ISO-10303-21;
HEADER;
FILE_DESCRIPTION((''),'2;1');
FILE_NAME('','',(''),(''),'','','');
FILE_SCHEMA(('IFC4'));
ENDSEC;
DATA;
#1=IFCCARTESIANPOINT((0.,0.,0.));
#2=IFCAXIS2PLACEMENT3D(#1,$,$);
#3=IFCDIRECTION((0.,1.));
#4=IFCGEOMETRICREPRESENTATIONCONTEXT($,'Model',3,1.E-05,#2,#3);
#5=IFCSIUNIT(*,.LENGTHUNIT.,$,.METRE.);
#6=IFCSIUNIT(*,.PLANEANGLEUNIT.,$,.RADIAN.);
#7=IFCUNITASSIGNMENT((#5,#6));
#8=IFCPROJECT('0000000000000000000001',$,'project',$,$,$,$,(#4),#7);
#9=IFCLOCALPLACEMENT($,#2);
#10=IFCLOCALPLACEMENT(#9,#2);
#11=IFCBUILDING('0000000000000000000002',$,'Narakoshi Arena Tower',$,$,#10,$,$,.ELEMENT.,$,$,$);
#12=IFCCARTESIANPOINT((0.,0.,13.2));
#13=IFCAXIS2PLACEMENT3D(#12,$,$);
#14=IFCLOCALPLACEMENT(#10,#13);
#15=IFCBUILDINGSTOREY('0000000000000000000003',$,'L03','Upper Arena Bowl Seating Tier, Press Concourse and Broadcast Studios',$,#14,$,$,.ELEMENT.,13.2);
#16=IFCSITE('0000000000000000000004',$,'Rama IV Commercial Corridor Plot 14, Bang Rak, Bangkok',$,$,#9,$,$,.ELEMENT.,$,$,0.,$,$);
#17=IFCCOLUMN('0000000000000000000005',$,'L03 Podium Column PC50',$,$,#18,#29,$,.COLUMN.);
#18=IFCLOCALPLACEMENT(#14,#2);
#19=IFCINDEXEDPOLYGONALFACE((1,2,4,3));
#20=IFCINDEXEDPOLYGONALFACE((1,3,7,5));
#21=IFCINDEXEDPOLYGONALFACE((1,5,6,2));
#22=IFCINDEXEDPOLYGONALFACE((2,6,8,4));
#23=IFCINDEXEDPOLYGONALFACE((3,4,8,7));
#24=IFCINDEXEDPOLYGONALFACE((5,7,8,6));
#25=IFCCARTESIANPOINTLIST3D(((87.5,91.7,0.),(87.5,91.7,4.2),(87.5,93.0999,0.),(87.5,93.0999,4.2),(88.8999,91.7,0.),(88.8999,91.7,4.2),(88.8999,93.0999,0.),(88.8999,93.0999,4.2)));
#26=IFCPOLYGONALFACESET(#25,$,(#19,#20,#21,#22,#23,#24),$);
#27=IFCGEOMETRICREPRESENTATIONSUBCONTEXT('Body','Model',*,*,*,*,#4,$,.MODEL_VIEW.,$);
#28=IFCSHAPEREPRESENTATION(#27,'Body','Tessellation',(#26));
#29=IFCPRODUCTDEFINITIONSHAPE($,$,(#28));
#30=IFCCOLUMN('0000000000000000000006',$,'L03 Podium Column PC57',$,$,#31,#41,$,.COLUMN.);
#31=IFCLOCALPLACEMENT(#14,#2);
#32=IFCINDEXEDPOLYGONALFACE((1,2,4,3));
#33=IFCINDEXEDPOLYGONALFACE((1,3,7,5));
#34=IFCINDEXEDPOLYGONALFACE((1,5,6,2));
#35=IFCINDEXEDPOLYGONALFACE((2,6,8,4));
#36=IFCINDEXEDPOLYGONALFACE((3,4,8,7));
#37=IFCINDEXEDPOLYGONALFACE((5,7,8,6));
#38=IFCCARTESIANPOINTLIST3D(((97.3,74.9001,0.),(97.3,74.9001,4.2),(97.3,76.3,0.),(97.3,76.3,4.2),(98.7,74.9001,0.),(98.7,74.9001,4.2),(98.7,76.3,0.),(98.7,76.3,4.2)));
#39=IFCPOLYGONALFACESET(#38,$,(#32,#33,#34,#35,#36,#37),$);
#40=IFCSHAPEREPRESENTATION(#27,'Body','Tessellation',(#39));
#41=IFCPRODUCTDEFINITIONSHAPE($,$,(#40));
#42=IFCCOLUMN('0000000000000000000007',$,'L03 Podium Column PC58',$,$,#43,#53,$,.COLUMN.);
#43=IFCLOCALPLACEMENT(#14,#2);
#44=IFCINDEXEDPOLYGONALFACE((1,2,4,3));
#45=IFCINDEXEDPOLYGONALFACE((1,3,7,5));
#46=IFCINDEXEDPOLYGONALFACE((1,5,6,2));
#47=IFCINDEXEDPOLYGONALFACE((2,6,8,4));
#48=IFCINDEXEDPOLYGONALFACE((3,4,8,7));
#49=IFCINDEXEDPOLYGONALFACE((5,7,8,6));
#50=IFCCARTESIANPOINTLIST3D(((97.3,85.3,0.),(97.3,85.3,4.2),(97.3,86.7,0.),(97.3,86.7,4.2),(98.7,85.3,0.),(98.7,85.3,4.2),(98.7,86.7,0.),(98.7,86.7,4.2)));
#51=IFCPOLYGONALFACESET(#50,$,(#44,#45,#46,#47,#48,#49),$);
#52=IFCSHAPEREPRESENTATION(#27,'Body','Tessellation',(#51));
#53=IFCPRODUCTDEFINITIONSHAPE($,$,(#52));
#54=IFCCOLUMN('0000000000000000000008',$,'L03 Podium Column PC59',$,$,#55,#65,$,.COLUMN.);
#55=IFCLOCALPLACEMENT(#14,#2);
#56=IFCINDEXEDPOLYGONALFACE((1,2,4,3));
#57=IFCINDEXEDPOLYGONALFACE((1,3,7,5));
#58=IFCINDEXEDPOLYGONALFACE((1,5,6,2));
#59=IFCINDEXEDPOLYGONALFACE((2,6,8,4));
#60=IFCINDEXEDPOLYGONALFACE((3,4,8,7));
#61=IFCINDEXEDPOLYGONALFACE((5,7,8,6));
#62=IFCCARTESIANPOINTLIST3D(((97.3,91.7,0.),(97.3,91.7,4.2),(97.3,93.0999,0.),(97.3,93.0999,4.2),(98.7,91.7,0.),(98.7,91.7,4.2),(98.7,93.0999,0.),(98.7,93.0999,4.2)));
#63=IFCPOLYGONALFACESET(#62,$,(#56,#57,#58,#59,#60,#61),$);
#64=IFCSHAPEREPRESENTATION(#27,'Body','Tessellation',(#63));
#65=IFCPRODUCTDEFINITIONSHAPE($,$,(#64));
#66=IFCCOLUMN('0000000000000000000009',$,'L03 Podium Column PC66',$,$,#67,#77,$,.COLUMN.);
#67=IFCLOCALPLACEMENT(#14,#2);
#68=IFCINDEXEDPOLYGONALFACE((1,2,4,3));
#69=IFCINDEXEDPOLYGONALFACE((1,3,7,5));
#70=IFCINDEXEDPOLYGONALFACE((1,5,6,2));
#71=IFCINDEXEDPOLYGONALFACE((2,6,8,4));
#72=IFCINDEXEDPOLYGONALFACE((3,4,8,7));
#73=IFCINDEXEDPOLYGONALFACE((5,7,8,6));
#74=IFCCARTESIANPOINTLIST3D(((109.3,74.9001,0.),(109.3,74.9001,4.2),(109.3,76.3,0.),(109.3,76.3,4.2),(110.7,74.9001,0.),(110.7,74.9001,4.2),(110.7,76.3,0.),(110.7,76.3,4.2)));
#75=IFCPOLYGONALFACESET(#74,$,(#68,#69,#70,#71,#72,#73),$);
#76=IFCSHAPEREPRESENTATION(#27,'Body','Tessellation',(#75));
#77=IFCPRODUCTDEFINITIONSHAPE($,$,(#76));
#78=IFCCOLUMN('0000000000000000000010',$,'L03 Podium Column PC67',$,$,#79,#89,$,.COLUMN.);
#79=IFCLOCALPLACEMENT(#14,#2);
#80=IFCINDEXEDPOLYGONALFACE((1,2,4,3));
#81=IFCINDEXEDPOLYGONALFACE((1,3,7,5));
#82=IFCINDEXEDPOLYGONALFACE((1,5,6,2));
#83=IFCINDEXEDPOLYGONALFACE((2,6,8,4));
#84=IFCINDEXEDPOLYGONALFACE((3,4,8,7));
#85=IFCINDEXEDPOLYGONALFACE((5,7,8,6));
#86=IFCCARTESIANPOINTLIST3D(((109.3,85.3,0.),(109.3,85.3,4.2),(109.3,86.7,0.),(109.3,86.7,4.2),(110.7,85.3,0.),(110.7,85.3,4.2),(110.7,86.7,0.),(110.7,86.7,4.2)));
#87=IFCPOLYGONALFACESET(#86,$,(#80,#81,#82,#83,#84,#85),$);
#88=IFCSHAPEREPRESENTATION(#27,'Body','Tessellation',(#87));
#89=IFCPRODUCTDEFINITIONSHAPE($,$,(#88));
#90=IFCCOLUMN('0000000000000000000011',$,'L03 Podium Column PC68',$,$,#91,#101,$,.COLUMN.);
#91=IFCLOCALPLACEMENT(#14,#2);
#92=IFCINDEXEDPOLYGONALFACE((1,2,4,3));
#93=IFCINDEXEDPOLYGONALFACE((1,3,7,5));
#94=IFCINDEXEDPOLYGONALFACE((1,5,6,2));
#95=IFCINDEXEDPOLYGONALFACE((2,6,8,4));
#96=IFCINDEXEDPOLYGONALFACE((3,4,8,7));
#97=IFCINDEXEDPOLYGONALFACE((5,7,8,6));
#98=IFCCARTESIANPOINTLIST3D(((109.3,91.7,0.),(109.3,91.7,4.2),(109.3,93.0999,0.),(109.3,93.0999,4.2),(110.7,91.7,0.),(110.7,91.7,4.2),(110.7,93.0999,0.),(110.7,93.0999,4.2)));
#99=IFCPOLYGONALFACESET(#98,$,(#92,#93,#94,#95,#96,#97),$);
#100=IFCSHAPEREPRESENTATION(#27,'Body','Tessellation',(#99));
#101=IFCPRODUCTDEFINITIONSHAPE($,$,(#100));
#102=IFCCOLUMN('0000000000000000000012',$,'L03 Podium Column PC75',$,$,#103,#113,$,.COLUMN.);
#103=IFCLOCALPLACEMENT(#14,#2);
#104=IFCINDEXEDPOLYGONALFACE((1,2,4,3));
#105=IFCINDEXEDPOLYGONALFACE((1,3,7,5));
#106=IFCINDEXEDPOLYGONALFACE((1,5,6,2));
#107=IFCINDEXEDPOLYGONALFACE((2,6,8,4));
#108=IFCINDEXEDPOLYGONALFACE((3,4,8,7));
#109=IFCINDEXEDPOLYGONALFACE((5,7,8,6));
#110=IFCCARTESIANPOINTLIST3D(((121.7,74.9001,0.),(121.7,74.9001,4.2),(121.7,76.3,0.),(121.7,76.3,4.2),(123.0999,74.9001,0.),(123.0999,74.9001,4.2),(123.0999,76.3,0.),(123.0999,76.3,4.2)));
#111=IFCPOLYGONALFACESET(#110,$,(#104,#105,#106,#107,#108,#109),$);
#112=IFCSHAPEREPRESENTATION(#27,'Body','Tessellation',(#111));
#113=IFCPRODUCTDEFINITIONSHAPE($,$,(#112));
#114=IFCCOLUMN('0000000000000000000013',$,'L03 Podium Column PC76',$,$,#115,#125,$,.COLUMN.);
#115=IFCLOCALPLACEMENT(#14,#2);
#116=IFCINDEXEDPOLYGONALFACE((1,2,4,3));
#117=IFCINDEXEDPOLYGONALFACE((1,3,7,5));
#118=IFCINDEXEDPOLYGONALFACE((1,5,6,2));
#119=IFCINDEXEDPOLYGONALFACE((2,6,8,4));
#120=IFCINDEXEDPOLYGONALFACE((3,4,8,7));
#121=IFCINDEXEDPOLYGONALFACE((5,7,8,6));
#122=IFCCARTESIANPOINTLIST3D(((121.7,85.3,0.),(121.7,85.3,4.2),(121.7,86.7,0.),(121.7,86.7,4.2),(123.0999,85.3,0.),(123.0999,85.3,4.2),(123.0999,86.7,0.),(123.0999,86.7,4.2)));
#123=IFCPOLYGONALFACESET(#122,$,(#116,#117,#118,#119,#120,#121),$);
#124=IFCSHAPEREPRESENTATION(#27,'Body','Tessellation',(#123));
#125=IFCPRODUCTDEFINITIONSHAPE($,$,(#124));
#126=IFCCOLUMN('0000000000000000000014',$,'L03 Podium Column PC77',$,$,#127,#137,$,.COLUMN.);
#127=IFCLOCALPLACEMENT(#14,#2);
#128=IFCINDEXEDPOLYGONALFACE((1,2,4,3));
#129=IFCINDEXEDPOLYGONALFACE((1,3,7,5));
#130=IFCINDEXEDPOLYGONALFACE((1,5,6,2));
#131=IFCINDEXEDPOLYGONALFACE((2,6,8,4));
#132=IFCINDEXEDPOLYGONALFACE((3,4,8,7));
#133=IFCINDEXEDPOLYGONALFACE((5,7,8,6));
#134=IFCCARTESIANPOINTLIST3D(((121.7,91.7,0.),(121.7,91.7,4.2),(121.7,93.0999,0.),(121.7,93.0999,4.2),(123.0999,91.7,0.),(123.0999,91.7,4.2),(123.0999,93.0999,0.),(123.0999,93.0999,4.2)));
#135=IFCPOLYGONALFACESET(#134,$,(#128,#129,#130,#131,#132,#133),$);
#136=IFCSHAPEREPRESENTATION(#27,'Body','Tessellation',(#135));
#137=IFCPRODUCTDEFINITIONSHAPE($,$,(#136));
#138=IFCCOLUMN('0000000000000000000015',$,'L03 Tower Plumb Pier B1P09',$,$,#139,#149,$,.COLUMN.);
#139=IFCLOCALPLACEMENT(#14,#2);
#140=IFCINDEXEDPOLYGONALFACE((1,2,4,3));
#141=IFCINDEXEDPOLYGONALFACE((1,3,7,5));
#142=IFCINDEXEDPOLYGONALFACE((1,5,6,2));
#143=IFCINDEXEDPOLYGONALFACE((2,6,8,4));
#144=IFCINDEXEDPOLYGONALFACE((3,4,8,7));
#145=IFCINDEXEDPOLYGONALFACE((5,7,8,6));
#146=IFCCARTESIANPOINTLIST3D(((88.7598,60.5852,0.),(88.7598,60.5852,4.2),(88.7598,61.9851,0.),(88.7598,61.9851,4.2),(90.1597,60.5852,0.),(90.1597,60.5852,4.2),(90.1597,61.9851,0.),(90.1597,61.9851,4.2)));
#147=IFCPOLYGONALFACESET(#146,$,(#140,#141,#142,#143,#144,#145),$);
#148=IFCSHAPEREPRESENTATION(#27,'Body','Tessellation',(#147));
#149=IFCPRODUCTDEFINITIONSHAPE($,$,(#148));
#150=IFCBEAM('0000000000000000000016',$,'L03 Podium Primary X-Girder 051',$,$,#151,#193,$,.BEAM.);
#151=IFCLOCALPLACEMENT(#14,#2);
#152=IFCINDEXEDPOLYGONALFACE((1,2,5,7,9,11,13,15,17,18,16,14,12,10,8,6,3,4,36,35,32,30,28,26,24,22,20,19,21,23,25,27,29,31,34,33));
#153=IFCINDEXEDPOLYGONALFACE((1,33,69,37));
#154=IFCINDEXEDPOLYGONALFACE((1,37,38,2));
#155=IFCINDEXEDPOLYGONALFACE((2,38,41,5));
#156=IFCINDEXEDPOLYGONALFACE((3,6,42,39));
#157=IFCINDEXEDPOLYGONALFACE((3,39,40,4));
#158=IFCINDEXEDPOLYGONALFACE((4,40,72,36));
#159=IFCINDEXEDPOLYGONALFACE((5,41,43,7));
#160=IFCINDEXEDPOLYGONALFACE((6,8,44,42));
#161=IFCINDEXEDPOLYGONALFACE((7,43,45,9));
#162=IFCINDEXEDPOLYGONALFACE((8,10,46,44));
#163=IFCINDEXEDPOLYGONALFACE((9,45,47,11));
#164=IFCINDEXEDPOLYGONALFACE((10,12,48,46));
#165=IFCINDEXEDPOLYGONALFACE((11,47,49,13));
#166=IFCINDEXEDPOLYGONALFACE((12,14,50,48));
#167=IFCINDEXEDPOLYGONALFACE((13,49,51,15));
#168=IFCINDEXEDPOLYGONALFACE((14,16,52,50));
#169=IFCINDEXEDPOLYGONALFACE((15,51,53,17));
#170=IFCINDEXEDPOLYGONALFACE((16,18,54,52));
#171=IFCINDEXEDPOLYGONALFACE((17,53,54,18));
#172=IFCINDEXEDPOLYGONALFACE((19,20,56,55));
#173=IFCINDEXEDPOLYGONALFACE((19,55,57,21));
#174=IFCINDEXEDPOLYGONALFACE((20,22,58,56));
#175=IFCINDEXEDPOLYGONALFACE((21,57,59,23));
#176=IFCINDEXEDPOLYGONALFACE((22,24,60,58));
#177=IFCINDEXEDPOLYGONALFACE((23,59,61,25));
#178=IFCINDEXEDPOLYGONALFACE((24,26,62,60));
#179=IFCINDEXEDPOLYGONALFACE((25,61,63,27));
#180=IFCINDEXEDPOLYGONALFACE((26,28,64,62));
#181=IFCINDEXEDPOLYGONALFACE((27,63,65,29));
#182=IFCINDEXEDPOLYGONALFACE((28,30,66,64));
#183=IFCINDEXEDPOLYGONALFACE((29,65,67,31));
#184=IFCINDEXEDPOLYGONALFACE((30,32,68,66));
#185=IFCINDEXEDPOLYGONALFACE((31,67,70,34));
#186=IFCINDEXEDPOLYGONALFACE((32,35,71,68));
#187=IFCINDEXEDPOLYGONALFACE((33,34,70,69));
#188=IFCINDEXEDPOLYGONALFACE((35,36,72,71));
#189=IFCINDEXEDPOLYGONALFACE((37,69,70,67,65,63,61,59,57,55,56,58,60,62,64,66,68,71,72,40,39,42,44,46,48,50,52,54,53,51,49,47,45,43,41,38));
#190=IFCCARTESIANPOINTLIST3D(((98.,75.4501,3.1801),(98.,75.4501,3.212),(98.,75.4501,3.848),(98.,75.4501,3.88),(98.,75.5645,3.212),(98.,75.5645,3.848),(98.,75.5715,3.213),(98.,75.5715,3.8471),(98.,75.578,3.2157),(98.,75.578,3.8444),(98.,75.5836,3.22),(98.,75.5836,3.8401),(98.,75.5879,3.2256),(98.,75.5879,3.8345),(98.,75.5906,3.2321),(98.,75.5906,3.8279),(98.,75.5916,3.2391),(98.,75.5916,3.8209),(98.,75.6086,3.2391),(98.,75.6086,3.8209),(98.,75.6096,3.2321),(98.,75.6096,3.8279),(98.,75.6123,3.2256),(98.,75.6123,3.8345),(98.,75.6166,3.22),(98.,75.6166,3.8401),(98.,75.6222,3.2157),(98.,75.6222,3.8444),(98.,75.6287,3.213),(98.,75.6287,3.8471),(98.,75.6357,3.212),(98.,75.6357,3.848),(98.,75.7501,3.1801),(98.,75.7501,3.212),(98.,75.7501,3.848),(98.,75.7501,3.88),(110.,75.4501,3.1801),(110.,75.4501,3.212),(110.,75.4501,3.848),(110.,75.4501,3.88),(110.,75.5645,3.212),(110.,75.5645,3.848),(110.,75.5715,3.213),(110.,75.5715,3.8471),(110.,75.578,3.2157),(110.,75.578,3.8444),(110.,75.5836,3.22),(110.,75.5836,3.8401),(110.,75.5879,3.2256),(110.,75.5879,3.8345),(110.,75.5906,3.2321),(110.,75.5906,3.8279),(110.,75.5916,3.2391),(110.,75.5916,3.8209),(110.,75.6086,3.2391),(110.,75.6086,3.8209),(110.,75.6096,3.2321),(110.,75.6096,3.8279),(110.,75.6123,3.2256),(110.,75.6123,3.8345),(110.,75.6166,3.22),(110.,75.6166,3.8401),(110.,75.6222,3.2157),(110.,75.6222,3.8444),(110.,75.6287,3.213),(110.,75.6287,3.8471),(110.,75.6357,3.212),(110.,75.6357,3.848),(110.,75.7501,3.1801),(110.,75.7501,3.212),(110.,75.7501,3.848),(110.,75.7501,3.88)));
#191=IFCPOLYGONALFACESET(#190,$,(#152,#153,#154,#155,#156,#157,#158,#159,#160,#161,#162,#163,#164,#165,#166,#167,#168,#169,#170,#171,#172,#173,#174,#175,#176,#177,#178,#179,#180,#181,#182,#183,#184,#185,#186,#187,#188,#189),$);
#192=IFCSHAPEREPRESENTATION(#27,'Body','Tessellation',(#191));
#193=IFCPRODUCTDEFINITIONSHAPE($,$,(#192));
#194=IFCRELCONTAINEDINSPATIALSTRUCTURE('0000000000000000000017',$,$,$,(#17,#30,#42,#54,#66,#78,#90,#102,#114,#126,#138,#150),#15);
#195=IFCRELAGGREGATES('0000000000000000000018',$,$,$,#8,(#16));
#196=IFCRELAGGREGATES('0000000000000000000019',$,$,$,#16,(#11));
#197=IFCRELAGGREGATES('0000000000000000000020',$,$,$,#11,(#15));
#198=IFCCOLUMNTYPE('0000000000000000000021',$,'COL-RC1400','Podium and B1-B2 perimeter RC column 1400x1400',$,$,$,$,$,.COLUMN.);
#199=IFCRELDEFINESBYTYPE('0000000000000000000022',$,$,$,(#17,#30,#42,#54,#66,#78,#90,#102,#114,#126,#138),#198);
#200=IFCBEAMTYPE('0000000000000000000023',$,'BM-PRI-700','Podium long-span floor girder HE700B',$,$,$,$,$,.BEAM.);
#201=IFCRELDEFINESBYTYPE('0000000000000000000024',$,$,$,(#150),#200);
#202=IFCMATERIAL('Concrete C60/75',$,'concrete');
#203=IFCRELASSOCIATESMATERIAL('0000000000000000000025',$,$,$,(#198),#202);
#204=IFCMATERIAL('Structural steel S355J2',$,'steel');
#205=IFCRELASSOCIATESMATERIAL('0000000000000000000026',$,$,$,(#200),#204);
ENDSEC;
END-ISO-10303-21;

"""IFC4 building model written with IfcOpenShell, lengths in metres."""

from ifc_helpers import new_model, si_unit, direction, frame, origin, origin_2d, place, context, subcontext, project, spatial, rectangle, i_section, extrude, material, material_profile, profile_set, type_object, element, save


model = new_model("IFC4")

# Units and contexts
model_context = context("Model", 3, precision=1e-05, world=origin(), true_north=direction((0.0, 1.0)))
body_context = subcontext(model_context, "Body", "Model", "MODEL_VIEW")
ifc_project = project(units=[si_unit("LENGTHUNIT", "METRE"), si_unit("PLANEANGLEUNIT", "RADIAN")], contexts=[model_context])

# Site, building, storey
site_placement = place(None, origin())
site = spatial("IfcSite", under=ifc_project, at=site_placement, Name="Rama IV Commercial Corridor Plot 14, Bang Rak, Bangkok", CompositionType="ELEMENT", RefElevation=0.0)
building_placement = place(site_placement, origin())
building = spatial("IfcBuilding", under=site, at=building_placement, Name="Narakoshi Arena Tower", CompositionType="ELEMENT")
storey_placement = place(building_placement, frame((0.0, 0.0, 13.2)))
storey = spatial("IfcBuildingStorey", under=building, at=storey_placement, Name="L03", Description="Upper Arena Bowl Seating Tier, Press Concourse and Broadcast Studios", CompositionType="ELEMENT", Elevation=13.2)

# Columns
ifc_material_1 = material(Name="Concrete C60/75", Category="concrete")
ifc_material_profile_1 = material_profile(ifc_material_1, rectangle(XDim=1.3999, YDim=1.3999, at=origin_2d()), Name="RC1400x1400")
ifc_profile_set_1 = profile_set([ifc_material_profile_1], Name="Concrete C60/75")
column_type = type_object("IfcColumnType", Name="COL-RC1400", Description="Podium and B1-B2 perimeter RC column 1400x1400", PredefinedType="COLUMN", material=ifc_profile_set_1)
for number, where, z_axis, x_axis, name in (
    (1, (88.2, 92.3999, 0.0), (0.0, 0.0, 1.0), (1.0, 0.0, 0.0), "L03 Podium Column PC50"),
    (2, (98.0, 75.6001, 0.0), (0.0, 0.0, 1.0), (1.0, 0.0, 0.0), "L03 Podium Column PC57"),
    (3, (98.0, 86.0, 0.0), (0.0, 0.0, 1.0), (1.0, 0.0, 0.0), "L03 Podium Column PC58"),
    (4, (98.0, 92.3999, 0.0), (0.0, 0.0, 1.0), (1.0, 0.0, 0.0), "L03 Podium Column PC59"),
    (5, (110.0, 75.6001, 0.0), (0.0, 0.0, 1.0), (1.0, 0.0, 0.0), "L03 Podium Column PC66"),
    (6, (110.0, 86.0, 0.0), (0.0, 0.0, 1.0), (1.0, 0.0, 0.0), "L03 Podium Column PC67"),
    (7, (110.0, 92.3999, 0.0), (0.0, 0.0, 1.0), (1.0, 0.0, 0.0), "L03 Podium Column PC68"),
    (8, (122.3999, 75.6001, 0.0), (0.0, 0.0, 1.0), (1.0, 0.0, 0.0), "L03 Podium Column PC75"),
    (9, (122.3999, 86.0, 0.0), (0.0, 0.0, 1.0), (1.0, 0.0, 0.0), "L03 Podium Column PC76"),
    (10, (122.3999, 92.3999, 0.0), (0.0, 0.0, 1.0), (1.0, 0.0, 0.0), "L03 Podium Column PC77"),
    (11, (89.4597, 61.2852, 0.0), (0.0, 0.0, 1.0), (1.0, 0.0, 0.0), "L03 Tower Plumb Pier B1P09"),
):
    element("IfcColumn", number, at=place(storey_placement, frame(where, z_axis=z_axis, x_axis=x_axis)), inside=storey, type_object=column_type, Name=name, PredefinedType="COLUMN", context=body_context, shape_type="SweptSolid", body=[
        extrude(rectangle(XDim=1.3999, YDim=1.3999, at=origin_2d()), origin(), (0.0, 0.0, 1.0), 4.2),
    ])

# Beam
ifc_material_2 = material(Name="Structural steel S355J2", Category="steel")
ifc_material_profile_2 = material_profile(ifc_material_2, i_section(OverallWidth=0.3, OverallDepth=0.7, WebThickness=0.0171, FlangeThickness=0.032, FilletRadius=0.0271, at=origin_2d()), Name="HE700B")
ifc_profile_set_2 = profile_set([ifc_material_profile_2], Name="Structural steel S355J2")
beam_type_1 = type_object("IfcBeamType", Name="BM-PRI-700", Description="Podium long-span floor girder HE700B", PredefinedType="BEAM", material=ifc_profile_set_2)
beam_1_placement = place(storey_placement, frame((98.0, 75.6001, 3.53), z_axis=(1.0, 0.0, 0.0), x_axis=(0.0, 1.0, 0.0)))
element("IfcBeam", 12, at=beam_1_placement, inside=storey, type_object=beam_type_1, Name="L03 Podium Primary X-Girder 051", PredefinedType="BEAM", context=body_context, shape_type="SweptSolid", body=[
    extrude(i_section(OverallWidth=0.3, OverallDepth=0.7, WebThickness=0.0171, FlangeThickness=0.032, FilletRadius=0.0271, at=origin_2d()), origin(), (0.0, 0.0, 1.0), 12.0),
])

save(model, "model.ifc")
